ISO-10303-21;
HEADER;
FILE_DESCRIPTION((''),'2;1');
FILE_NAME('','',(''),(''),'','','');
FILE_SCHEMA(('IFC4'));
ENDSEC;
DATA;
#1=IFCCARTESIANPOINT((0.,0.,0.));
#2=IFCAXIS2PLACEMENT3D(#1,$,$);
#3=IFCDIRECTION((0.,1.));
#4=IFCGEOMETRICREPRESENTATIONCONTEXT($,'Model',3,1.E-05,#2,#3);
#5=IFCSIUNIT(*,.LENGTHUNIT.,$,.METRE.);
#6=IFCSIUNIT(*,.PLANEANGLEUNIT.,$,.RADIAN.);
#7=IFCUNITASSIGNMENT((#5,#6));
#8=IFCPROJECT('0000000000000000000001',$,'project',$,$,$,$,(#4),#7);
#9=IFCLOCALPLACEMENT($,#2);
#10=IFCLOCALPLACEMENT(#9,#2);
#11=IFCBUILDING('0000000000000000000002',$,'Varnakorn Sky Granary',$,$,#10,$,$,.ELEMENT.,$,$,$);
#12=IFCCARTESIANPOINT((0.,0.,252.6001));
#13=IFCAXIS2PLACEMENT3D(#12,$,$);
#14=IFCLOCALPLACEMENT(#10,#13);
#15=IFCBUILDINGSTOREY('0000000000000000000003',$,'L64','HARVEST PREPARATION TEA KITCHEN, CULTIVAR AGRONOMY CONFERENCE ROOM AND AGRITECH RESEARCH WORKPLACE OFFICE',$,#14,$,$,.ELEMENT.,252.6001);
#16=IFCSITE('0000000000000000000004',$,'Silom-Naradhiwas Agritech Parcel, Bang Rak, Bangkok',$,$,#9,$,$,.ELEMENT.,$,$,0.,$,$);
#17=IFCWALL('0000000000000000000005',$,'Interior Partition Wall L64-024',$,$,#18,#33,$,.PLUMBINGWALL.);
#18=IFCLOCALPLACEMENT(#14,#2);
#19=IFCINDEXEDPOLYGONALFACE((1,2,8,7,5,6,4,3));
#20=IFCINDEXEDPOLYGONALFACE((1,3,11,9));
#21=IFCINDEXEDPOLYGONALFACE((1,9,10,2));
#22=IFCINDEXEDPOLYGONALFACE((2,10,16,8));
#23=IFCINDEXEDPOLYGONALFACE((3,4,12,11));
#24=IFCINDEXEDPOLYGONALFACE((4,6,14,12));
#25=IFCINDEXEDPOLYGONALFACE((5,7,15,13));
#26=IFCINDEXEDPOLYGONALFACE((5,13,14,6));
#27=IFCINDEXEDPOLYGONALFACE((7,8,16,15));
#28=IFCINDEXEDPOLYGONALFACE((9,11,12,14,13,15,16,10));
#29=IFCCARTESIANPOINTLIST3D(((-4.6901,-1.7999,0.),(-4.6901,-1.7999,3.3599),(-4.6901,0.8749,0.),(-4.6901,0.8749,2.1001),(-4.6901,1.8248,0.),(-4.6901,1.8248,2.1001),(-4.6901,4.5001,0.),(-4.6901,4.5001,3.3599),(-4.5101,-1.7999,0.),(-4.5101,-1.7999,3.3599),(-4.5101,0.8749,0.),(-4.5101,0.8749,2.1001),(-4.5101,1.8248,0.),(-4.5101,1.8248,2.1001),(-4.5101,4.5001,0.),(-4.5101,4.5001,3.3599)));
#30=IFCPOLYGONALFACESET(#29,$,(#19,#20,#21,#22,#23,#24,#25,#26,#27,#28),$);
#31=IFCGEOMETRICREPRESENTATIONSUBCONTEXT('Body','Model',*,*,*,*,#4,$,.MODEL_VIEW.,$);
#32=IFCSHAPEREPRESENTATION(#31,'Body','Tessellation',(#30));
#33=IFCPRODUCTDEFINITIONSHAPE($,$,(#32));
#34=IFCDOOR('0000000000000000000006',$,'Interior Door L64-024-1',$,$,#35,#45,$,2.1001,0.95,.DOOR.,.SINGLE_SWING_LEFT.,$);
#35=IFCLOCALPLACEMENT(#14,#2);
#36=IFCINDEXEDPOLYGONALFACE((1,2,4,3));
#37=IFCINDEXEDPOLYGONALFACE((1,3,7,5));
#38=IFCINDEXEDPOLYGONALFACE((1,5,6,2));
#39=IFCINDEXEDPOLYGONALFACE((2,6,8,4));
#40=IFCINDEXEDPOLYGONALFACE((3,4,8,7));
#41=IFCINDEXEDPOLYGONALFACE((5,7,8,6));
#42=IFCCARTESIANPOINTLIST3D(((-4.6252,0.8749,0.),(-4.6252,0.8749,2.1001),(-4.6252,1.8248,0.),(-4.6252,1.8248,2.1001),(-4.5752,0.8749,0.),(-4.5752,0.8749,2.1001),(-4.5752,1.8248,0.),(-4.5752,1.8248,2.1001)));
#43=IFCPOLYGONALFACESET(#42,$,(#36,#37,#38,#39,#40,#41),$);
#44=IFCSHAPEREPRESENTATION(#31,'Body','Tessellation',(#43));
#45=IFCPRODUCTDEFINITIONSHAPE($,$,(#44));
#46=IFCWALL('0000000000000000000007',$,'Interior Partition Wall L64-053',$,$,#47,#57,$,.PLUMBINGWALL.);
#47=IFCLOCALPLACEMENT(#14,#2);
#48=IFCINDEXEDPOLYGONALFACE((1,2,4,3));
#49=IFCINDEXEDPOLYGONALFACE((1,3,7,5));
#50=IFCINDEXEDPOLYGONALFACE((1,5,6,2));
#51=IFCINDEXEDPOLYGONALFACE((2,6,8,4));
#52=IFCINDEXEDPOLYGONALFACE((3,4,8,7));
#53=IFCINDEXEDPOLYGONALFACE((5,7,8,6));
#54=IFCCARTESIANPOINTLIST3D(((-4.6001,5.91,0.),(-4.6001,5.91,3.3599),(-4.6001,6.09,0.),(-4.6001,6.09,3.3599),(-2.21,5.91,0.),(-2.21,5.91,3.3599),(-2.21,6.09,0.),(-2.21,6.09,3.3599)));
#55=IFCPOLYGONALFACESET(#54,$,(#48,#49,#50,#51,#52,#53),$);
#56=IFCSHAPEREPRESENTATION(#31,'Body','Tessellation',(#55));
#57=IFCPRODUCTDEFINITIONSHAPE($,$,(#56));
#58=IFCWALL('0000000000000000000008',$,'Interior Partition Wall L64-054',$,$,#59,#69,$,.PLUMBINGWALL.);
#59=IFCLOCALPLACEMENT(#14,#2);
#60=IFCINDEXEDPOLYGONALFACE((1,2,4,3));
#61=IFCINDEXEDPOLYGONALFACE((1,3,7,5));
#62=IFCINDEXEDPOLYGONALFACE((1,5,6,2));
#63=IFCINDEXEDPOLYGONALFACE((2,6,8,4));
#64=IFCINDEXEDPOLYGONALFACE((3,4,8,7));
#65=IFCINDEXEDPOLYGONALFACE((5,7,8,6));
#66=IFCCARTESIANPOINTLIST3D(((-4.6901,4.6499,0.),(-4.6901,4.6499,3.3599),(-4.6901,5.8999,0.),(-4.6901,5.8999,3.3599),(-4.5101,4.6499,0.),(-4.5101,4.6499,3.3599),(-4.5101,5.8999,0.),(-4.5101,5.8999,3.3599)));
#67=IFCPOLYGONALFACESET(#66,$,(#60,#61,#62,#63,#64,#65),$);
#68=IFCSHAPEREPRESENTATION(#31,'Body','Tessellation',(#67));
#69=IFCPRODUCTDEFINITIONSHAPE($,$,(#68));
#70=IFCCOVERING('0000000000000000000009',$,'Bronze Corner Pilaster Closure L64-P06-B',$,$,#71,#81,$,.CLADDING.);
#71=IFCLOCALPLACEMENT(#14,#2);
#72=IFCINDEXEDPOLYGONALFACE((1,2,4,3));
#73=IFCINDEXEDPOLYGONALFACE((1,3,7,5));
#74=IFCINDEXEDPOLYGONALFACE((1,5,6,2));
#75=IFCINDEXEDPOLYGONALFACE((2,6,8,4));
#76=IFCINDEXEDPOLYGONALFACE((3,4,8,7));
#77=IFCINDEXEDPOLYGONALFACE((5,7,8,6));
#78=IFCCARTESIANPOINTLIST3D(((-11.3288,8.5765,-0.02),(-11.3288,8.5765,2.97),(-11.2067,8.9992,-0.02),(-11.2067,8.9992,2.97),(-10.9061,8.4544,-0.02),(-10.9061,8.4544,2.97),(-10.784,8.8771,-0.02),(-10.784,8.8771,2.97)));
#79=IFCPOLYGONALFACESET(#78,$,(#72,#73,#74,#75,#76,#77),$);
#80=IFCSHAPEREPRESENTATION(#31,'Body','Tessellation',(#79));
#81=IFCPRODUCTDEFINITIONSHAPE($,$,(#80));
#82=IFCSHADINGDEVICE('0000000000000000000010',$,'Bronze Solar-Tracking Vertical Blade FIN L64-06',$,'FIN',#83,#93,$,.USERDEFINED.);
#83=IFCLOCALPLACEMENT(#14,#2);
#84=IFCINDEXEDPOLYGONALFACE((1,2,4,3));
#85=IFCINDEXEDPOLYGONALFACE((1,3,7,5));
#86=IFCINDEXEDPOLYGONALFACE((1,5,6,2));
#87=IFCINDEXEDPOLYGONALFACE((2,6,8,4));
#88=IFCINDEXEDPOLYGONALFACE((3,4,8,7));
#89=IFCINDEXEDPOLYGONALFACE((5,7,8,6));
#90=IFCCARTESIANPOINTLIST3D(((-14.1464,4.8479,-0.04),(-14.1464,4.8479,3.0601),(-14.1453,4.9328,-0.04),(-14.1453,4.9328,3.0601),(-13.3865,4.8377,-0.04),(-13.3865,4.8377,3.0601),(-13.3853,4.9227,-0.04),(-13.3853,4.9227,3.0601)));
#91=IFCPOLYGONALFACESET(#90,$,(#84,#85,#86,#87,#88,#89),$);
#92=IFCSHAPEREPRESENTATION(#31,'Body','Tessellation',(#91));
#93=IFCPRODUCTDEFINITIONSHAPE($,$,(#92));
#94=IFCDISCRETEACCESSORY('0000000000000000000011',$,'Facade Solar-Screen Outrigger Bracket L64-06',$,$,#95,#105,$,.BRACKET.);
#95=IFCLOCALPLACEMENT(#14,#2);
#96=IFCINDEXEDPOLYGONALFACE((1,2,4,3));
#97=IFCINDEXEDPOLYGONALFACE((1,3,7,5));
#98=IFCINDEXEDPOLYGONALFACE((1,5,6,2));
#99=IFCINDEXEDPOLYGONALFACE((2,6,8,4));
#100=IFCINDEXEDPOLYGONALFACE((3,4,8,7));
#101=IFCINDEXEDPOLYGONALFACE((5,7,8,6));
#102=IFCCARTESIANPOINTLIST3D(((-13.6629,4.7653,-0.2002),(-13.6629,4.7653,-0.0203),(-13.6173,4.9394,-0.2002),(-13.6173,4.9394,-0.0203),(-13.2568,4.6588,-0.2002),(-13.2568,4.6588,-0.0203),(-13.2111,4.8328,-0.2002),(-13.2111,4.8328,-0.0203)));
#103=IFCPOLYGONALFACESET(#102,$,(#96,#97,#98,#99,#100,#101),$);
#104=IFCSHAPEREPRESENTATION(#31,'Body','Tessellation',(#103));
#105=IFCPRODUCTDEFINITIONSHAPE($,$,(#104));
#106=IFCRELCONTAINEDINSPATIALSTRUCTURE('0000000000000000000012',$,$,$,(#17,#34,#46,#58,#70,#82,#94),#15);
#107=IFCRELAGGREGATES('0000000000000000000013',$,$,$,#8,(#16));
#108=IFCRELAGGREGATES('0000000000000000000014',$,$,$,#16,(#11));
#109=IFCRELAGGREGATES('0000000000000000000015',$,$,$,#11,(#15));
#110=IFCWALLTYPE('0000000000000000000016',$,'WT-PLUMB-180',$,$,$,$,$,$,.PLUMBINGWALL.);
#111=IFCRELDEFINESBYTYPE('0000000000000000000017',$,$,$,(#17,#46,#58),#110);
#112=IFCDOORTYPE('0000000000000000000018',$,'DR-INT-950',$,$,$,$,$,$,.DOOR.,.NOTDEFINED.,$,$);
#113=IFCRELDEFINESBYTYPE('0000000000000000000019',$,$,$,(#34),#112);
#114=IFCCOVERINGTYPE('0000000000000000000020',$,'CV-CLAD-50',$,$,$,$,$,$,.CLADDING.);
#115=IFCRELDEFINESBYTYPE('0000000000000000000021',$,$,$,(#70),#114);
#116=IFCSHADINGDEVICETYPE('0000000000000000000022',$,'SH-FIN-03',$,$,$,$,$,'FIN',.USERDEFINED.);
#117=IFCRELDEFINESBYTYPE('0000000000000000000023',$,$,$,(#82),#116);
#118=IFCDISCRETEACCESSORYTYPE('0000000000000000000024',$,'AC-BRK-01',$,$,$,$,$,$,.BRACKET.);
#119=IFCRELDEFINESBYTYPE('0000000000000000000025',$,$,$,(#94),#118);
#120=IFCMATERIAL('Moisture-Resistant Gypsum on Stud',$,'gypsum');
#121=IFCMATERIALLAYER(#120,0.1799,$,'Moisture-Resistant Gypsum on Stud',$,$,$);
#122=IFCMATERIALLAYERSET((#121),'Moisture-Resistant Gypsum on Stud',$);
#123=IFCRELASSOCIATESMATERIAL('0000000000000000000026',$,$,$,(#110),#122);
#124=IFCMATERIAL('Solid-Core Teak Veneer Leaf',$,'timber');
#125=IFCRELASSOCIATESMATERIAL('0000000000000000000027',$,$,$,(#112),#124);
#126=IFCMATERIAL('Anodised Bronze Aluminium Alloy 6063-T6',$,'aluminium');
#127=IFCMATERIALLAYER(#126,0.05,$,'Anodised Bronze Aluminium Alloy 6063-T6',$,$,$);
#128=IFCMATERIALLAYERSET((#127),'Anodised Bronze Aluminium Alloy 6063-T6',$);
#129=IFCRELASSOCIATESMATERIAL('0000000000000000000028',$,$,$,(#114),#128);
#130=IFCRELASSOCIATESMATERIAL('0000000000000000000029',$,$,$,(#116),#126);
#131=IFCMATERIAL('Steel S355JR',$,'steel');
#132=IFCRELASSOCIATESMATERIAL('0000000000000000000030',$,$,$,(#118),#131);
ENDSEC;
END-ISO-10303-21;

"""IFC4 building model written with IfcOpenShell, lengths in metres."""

from ifc_helpers import new_model, si_unit, direction, frame, frame_2d, origin, origin_2d, place, context, subcontext, project, spatial, rectangle, extrude, source, transform, mapped, material, layer, layer_set, type_object, type_shapes, element, fill, save


model = new_model("IFC4")

# Units and contexts
model_context = context("Model", 3, precision=1e-05, world=origin(), true_north=direction((0.0, 1.0)))
body_context = subcontext(model_context, "Body", "Model", "MODEL_VIEW")
ifc_project = project(units=[si_unit("LENGTHUNIT", "METRE"), si_unit("PLANEANGLEUNIT", "RADIAN")], contexts=[model_context])

# Site, building, storey
site_placement = place(None, origin())
site = spatial("IfcSite", under=ifc_project, at=site_placement, Name="Silom-Naradhiwas Agritech Parcel, Bang Rak, Bangkok", CompositionType="ELEMENT", RefElevation=0.0)
building_placement = place(site_placement, origin())
building = spatial("IfcBuilding", under=site, at=building_placement, Name="Varnakorn Sky Granary", CompositionType="ELEMENT")
storey_placement = place(building_placement, frame((0.0, 0.0, 252.6001)))
storey = spatial("IfcBuildingStorey", under=building, at=storey_placement, Name="L64", Description="HARVEST PREPARATION TEA KITCHEN, CULTIVAR AGRONOMY CONFERENCE ROOM AND AGRITECH RESEARCH WORKPLACE OFFICE", CompositionType="ELEMENT", Elevation=252.6001)

# Shared definitions
ifc_material_1 = material(Name="Steel S355JR", Category="steel")

# Shared definitions
ifc_material_2 = material(Name="Anodised Bronze Aluminium Alloy 6063-T6", Category="aluminium")

# Wall, opening, door
ifc_material_3 = material(Name="Moisture-Resistant Gypsum on Stud", Category="gypsum")
ifc_layer_1 = layer(ifc_material_3, 0.1799, Name="Moisture-Resistant Gypsum on Stud")
ifc_layer_set_1 = layer_set([ifc_layer_1], Name="Moisture-Resistant Gypsum on Stud")
wall_type_1 = type_object("IfcWallType", Name="WT-PLUMB-180", PredefinedType="PLUMBINGWALL", material=ifc_layer_set_1)
wall_1_placement = place(storey_placement, frame((-4.6001, 4.5, 0.0), z_axis=(0.0, 0.0, 1.0), x_axis=(0.0, -1.0, 0.0)))
wall_1 = element("IfcWall", 1, at=wall_1_placement, inside=storey, type_object=wall_type_1, Name="Interior Partition Wall L64-024", PredefinedType="PLUMBINGWALL", context=body_context, shape_type="SweptSolid", body=[
    extrude(rectangle(XDim=6.3, YDim=0.1799, at=frame_2d((3.1499, 0.0))), origin(), (0.0, 0.0, 1.0), 3.3599),
])
opening_placement = place(wall_1_placement, frame((2.675, 0.0, 0.0)))
opening = element("IfcOpeningElement", 2, at=opening_placement, cuts=wall_1, PredefinedType="OPENING", context=body_context, shape_type="SweptSolid", body=[
    extrude(rectangle(XDim=0.95, YDim=2.1001, at=frame_2d((0.4751, 1.05))), frame((0.0, 0.1001, 0.0), z_axis=(0.0, -1.0, 0.0), x_axis=(1.0, 0.0, 0.0)), (0.0, 0.0, 1.0), 0.2),
])
ifc_material_4 = material(Name="Solid-Core Teak Veneer Leaf", Category="timber")
door_type = type_object("IfcDoorType", Name="DR-INT-950", OperationType="NOTDEFINED", PredefinedType="DOOR", material=ifc_material_4)
door_placement = place(opening_placement, origin())
door = element("IfcDoor", 3, at=door_placement, inside=storey, type_object=door_type, Name="Interior Door L64-024-1", OperationType="SINGLE_SWING_LEFT", OverallHeight=2.1001, OverallWidth=0.95, PredefinedType="DOOR", context=body_context, shape_type="SweptSolid", body=[
    extrude(rectangle(XDim=0.95, YDim=2.1001, at=frame_2d((0.4751, 1.05))), frame((0.0, 0.0249, 0.0), z_axis=(0.0, -1.0, 0.0), x_axis=(1.0, 0.0, 0.0)), (0.0, 0.0, 1.0), 0.05),
])
fill(opening, door)

# Walls
wall_2_placement = place(storey_placement, frame((-2.21, 6.0, 0.0), z_axis=(0.0, 0.0, 1.0), x_axis=(-1.0, 0.0, 0.0)))
element("IfcWall", 4, at=wall_2_placement, inside=storey, type_object=wall_type_1, Name="Interior Partition Wall L64-053", PredefinedType="PLUMBINGWALL", context=body_context, shape_type="SweptSolid", body=[
    extrude(rectangle(XDim=2.3901, YDim=0.1799, at=frame_2d((1.1951, 0.0))), origin(), (0.0, 0.0, 1.0), 3.3599),
])
wall_3_placement = place(storey_placement, frame((-4.6001, 5.8999, 0.0), z_axis=(0.0, 0.0, 1.0), x_axis=(0.0, -1.0, 0.0)))
element("IfcWall", 5, at=wall_3_placement, inside=storey, type_object=wall_type_1, Name="Interior Partition Wall L64-054", PredefinedType="PLUMBINGWALL", context=body_context, shape_type="SweptSolid", body=[
    extrude(rectangle(XDim=1.25, YDim=0.1799, at=frame_2d((0.625, 0.0))), origin(), (0.0, 0.0, 1.0), 3.3599),
])

# Covering
ifc_layer_2 = layer(ifc_material_2, 0.05, Name="Anodised Bronze Aluminium Alloy 6063-T6")
ifc_layer_set_2 = layer_set([ifc_layer_2], Name="Anodised Bronze Aluminium Alloy 6063-T6")
covering_type = type_object("IfcCoveringType", Name="CV-CLAD-50", PredefinedType="CLADDING", material=ifc_layer_set_2)
shared_shape_1 = source(origin(), body_context, "Body", "SweptSolid", [
    extrude(rectangle(XDim=0.4399, YDim=0.4399, at=origin_2d()), origin(), (0.0, 0.0, 1.0), 2.99),
])
type_shapes(covering_type, [shared_shape_1])
covering_placement = place(storey_placement, frame((-11.0564, 8.7268, -0.02), z_axis=(0.0, 0.0, 1.0), x_axis=(0.277482, 0.960731, 0.0)))
element("IfcCovering", 6, at=covering_placement, inside=storey, type_object=covering_type, Name="Bronze Corner Pilaster Closure L64-P06-B", PredefinedType="CLADDING", context=body_context, shape_type="MappedRepresentation", body=[
    mapped(shared_shape_1, transform((0.0, 0.0, 0.0), x_axis=(1.0, 0.0, 0.0), y_axis=(0.0, 1.0, 0.0), z_axis=(0.0, 0.0, 1.0), scale=1.0)),
])

# Shading device
shading_device_type = type_object("IfcShadingDeviceType", Name="SH-FIN-03", ElementType="FIN", PredefinedType="USERDEFINED", material=ifc_material_2)
shared_shape_2 = source(origin(), body_context, "Body", "SweptSolid", [
    extrude(rectangle(XDim=0.085, YDim=0.76, at=origin_2d()), origin(), (0.0, 0.0, 1.0), 3.1001),
])
type_shapes(shading_device_type, [shared_shape_2])
shading_device_placement = place(storey_placement, frame((-13.7659, 4.8853, -0.04), z_axis=(0.0, 0.0, 1.0), x_axis=(-0.013368, -0.999911, 0.0)))
element("IfcShadingDevice", 7, at=shading_device_placement, inside=storey, type_object=shading_device_type, Name="Bronze Solar-Tracking Vertical Blade FIN L64-06", ObjectType="FIN", PredefinedType="USERDEFINED", context=body_context, shape_type="MappedRepresentation", body=[
    mapped(shared_shape_2, transform((0.0, 0.0, 0.0), x_axis=(1.0, 0.0, 0.0), y_axis=(0.0, 1.0, 0.0), z_axis=(0.0, 0.0, 1.0), scale=1.0)),
])

# Discrete accessory
discrete_accessory_type = type_object("IfcDiscreteAccessoryType", Name="AC-BRK-01", PredefinedType="BRACKET", material=ifc_material_1)
shared_shape_3 = source(origin(), body_context, "Body", "SweptSolid", [
    extrude(rectangle(XDim=0.1799, YDim=0.4199, at=origin_2d()), origin(), (0.0, 0.0, 1.0), 0.1799),
])
type_shapes(discrete_accessory_type, [shared_shape_3])
discrete_accessory_placement = place(storey_placement, frame((-13.437, 4.7991, -0.2002), z_axis=(0.0, 0.0, 1.0), x_axis=(-0.253829, -0.967249, 0.0)))
element("IfcDiscreteAccessory", 8, at=discrete_accessory_placement, inside=storey, type_object=discrete_accessory_type, Name="Facade Solar-Screen Outrigger Bracket L64-06", PredefinedType="BRACKET", context=body_context, shape_type="MappedRepresentation", body=[
    mapped(shared_shape_3, transform((0.0, 0.0, 0.0), x_axis=(1.0, 0.0, 0.0), y_axis=(0.0, 1.0, 0.0), z_axis=(0.0, 0.0, 1.0), scale=1.0)),
])

save(model, "model.ifc")
